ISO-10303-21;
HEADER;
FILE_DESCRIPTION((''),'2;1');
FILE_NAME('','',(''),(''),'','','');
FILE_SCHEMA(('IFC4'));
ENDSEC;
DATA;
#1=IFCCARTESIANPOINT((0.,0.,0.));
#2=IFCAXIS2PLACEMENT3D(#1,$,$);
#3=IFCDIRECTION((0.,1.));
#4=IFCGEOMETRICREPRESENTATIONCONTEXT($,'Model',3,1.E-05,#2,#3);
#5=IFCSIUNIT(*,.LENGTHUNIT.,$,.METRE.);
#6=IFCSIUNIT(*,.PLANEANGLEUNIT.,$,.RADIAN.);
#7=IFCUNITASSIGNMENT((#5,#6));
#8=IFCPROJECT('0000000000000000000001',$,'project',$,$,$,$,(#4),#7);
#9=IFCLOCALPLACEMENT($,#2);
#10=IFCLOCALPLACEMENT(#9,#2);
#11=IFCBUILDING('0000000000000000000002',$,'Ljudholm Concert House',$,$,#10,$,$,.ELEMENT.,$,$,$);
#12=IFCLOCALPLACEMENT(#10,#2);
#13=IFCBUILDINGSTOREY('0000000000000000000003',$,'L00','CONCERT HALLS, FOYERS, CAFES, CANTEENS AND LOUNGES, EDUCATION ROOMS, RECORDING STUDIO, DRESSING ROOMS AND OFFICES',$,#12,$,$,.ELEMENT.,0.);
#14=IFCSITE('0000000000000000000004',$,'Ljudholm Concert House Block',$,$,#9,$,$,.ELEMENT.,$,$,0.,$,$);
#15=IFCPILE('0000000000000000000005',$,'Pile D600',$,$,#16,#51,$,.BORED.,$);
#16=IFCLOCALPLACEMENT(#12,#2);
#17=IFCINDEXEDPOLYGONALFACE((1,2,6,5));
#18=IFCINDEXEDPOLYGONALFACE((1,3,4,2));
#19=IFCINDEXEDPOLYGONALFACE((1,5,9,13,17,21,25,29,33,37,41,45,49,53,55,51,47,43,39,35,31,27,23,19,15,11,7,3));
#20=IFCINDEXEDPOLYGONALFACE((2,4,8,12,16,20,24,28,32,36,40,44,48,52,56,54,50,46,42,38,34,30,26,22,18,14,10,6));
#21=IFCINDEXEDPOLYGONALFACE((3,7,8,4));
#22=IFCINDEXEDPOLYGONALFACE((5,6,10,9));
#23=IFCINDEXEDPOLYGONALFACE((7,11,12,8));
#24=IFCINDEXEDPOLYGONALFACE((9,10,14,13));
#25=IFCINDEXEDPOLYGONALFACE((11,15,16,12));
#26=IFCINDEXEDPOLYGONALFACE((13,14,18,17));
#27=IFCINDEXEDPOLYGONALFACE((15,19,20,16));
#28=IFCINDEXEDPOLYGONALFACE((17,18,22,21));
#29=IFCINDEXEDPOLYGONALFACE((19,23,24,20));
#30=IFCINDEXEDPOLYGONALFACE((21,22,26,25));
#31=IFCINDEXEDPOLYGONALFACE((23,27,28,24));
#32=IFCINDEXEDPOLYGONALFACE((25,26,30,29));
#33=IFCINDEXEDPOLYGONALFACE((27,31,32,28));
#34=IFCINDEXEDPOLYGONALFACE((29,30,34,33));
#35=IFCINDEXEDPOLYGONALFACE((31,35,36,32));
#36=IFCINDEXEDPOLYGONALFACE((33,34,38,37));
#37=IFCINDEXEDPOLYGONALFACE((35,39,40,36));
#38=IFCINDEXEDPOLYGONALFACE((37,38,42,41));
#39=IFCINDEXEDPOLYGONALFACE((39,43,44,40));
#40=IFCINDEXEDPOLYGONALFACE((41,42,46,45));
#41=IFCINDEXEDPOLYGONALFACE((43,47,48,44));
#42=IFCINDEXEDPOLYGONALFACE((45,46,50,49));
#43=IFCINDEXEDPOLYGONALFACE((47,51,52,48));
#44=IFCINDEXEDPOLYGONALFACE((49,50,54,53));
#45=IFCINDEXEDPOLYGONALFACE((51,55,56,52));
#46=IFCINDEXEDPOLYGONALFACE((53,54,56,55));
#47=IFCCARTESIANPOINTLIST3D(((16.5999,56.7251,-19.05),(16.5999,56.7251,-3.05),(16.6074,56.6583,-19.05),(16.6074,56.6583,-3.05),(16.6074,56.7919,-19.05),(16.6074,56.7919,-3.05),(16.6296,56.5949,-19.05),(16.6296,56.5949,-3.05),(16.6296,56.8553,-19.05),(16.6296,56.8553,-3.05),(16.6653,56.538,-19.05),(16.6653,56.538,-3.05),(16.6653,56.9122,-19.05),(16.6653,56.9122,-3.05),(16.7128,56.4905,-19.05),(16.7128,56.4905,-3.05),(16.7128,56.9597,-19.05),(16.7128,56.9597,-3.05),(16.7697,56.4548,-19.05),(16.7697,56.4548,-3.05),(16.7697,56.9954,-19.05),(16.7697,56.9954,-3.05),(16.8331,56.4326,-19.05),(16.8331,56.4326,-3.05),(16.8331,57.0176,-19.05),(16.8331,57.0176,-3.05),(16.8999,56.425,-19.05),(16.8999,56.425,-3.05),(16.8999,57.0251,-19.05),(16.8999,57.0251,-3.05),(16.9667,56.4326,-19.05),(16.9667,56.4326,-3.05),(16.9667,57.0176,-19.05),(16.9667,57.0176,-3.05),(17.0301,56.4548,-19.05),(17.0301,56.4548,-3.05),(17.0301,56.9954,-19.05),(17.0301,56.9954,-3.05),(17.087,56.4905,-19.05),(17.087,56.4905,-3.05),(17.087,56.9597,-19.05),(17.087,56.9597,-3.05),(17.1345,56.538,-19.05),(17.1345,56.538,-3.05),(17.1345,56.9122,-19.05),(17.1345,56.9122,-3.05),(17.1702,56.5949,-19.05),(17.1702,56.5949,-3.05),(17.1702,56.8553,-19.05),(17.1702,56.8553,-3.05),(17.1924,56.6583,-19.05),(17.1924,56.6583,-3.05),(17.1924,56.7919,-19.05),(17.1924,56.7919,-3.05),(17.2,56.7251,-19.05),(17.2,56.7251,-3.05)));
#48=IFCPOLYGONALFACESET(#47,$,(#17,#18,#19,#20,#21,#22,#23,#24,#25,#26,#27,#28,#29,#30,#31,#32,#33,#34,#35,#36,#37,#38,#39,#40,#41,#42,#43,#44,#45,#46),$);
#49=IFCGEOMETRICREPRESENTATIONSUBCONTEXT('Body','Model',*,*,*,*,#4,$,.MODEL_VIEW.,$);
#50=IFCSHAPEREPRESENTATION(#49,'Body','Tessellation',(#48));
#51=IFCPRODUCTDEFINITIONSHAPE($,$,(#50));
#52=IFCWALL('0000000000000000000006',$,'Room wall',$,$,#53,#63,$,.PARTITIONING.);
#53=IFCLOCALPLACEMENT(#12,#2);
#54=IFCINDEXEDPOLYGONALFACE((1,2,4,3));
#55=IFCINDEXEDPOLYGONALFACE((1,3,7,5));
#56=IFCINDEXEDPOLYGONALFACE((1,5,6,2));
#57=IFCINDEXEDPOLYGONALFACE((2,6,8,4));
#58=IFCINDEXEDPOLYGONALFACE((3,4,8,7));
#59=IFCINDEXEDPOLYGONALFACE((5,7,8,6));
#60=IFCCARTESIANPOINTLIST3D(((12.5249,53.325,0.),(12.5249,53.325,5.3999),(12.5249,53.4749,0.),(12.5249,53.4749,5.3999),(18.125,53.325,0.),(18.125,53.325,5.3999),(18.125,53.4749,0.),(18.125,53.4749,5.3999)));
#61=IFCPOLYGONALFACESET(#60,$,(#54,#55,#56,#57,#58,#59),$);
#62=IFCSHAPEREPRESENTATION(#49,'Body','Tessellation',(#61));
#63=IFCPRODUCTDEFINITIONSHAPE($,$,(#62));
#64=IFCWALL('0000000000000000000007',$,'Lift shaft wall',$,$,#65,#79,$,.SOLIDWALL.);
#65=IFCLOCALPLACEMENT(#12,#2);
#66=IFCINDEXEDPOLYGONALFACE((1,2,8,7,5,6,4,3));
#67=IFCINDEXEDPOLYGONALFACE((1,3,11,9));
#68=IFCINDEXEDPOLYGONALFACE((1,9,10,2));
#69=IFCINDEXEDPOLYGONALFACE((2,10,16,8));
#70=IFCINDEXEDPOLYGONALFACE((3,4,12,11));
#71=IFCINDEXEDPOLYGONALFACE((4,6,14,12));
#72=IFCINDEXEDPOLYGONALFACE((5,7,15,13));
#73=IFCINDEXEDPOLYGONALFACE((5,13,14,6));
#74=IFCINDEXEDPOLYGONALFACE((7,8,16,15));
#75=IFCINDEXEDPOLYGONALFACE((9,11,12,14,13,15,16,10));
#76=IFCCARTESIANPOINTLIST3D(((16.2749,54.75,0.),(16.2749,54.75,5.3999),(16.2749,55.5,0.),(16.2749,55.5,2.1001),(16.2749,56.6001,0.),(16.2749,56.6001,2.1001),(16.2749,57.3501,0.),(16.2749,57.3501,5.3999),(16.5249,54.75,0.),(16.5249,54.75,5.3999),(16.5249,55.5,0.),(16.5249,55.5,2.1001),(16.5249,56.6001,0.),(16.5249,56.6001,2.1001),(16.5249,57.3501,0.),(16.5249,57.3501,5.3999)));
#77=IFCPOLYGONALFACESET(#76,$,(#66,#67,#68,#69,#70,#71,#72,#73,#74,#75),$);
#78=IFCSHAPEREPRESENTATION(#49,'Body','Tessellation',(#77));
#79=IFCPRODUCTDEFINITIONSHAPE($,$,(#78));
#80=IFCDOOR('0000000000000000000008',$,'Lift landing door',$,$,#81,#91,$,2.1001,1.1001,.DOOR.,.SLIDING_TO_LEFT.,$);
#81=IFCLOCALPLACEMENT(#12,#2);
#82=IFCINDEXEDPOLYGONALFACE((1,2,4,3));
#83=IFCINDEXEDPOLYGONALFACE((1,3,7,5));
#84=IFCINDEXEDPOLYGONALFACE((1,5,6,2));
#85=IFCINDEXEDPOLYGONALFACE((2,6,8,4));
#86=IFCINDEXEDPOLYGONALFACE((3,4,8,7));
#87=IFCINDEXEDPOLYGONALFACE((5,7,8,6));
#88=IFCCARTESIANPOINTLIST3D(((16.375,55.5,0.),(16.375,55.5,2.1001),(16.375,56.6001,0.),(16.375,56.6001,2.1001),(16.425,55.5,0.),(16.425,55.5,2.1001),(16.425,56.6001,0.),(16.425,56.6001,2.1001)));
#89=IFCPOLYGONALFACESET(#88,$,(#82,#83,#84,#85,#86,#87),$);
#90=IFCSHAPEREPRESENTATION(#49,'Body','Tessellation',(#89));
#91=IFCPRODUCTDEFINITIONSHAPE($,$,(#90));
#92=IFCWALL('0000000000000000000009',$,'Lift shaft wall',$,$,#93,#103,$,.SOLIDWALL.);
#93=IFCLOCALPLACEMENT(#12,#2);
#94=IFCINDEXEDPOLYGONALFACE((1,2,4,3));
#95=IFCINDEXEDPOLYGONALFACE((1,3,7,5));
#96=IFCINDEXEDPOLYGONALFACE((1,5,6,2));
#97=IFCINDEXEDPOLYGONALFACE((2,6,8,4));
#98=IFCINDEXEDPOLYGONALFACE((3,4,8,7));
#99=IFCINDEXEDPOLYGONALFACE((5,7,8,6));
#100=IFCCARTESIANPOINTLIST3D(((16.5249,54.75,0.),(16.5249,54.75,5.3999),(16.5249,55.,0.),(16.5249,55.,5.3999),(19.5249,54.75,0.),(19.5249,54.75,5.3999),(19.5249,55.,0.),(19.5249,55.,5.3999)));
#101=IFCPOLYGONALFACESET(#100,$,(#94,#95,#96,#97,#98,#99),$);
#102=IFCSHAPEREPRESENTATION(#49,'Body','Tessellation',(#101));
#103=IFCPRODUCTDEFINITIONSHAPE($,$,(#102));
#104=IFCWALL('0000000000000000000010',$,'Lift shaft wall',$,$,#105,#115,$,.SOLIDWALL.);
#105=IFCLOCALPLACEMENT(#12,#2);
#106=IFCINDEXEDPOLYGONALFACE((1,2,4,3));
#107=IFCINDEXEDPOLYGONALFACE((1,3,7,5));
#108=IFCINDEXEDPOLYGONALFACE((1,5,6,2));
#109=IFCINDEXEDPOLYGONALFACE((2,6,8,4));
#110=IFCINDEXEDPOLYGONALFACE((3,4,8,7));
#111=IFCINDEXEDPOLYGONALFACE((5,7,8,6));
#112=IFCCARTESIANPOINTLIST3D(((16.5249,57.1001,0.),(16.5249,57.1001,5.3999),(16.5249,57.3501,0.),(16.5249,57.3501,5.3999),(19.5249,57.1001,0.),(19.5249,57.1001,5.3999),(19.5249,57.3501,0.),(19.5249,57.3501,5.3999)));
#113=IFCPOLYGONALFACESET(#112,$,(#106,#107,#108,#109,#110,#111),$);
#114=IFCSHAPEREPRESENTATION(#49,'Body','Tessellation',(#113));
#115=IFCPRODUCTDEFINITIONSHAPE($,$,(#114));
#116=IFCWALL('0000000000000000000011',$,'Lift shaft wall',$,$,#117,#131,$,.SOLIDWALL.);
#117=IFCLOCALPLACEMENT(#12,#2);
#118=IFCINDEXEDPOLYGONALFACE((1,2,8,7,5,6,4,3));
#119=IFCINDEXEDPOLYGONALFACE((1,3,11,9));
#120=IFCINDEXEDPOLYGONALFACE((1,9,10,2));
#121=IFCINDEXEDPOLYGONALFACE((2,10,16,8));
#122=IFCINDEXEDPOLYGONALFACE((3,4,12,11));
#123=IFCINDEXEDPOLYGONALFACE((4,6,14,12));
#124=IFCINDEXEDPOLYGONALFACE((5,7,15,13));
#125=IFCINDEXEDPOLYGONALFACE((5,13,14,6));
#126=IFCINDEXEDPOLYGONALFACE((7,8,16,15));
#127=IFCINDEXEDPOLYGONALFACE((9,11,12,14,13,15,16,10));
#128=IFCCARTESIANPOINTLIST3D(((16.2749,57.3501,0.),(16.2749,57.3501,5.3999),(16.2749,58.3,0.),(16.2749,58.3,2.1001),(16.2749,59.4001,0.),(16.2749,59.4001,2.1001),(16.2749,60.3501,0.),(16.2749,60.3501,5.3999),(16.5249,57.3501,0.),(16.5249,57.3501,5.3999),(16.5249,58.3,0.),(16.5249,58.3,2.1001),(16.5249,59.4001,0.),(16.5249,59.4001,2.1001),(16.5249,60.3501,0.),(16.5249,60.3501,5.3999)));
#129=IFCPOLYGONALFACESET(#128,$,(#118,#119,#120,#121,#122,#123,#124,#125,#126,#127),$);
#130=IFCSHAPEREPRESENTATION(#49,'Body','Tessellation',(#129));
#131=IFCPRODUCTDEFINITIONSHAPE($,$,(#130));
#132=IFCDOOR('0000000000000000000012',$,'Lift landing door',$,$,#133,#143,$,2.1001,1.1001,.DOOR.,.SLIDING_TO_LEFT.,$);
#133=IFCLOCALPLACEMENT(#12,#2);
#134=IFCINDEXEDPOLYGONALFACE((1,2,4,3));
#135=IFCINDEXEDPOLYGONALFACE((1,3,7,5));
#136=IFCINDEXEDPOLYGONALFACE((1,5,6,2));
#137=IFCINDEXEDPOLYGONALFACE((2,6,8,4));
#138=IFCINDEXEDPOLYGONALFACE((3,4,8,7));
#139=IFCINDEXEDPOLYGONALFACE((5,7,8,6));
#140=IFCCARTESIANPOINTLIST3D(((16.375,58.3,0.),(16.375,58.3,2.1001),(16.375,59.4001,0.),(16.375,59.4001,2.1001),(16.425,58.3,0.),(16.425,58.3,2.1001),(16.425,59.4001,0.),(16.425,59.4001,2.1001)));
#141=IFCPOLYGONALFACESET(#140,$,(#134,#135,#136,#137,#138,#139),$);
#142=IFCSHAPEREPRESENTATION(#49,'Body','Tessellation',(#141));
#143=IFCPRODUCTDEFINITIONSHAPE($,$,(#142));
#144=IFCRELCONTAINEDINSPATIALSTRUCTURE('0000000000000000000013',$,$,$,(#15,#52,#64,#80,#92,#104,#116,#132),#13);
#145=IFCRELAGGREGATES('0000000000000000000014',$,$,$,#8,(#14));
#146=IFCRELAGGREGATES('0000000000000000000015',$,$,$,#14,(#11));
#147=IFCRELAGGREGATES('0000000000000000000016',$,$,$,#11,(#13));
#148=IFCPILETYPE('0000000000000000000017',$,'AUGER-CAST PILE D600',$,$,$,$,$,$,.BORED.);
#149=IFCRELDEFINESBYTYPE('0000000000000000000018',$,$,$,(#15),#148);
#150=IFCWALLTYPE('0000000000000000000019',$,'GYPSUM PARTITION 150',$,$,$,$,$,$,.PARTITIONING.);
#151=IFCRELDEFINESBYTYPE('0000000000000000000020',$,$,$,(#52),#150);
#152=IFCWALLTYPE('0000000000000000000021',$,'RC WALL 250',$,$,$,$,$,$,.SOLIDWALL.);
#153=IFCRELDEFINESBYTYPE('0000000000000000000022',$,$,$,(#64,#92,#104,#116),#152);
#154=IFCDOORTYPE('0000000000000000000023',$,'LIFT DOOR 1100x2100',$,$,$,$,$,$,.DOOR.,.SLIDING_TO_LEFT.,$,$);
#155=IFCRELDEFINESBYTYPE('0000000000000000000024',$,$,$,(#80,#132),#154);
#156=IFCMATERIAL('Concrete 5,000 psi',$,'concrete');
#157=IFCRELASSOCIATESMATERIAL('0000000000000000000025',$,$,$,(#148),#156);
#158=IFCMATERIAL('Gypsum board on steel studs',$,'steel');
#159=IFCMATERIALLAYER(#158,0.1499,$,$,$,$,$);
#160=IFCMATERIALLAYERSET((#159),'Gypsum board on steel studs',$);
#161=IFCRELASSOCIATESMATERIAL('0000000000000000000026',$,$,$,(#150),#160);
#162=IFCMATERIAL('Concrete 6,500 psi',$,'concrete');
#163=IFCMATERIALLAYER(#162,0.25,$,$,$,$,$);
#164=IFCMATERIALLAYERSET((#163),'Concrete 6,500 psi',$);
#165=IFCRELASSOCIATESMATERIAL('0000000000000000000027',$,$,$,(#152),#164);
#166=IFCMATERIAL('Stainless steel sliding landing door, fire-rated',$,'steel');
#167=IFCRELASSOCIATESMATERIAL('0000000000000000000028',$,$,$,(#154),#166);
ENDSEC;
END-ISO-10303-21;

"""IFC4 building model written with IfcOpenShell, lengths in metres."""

from ifc_helpers import new_model, si_unit, direction, frame, frame_2d, origin, origin_2d, place, context, subcontext, project, spatial, rectangle, circle, extrude, material, layer, layer_set, material_profile, profile_set, type_object, element, fill, save


model = new_model("IFC4")

# Units and contexts
model_context = context("Model", 3, precision=1e-05, world=origin(), true_north=direction((0.0, 1.0)))
body_context = subcontext(model_context, "Body", "Model", "MODEL_VIEW")
ifc_project = project(units=[si_unit("LENGTHUNIT", "METRE"), si_unit("PLANEANGLEUNIT", "RADIAN")], contexts=[model_context])

# Site, building, storey
site_placement = place(None, origin())
site = spatial("IfcSite", under=ifc_project, at=site_placement, Name="Ljudholm Concert House Block", CompositionType="ELEMENT", RefElevation=0.0)
building_placement = place(site_placement, origin())
building = spatial("IfcBuilding", under=site, at=building_placement, Name="Ljudholm Concert House", CompositionType="ELEMENT")
storey_placement = place(building_placement, origin())
storey = spatial("IfcBuildingStorey", under=building, at=storey_placement, Name="L00", Description="CONCERT HALLS, FOYERS, CAFES, CANTEENS AND LOUNGES, EDUCATION ROOMS, RECORDING STUDIO, DRESSING ROOMS AND OFFICES", CompositionType="ELEMENT", Elevation=0.0)

# Pile
ifc_material_1 = material(Name="Concrete 5,000 psi", Category="concrete")
ifc_material_profile = material_profile(ifc_material_1, circle(Radius=0.3, at=origin_2d()), Name="AUGER-CAST PILE D600")
ifc_profile_set = profile_set([ifc_material_profile], Name="Concrete 5,000 psi")
pile_type = type_object("IfcPileType", Name="AUGER-CAST PILE D600", PredefinedType="BORED", material=ifc_profile_set)
for number, where, z_axis, x_axis, name in (
    (1, (16.8999, 56.7251, -3.05), (0.0, 0.0, -1.0), (1.0, 0.0, 0.0), "Pile D600"),
):
    element("IfcPile", number, at=place(storey_placement, frame(where, z_axis=z_axis, x_axis=x_axis)), inside=storey, type_object=pile_type, Name=name, PredefinedType="BORED", context=body_context, shape_type="SweptSolid", body=[
        extrude(circle(Radius=0.3, at=origin_2d()), origin(), (0.0, 0.0, 1.0), 16.0),
    ])

# Wall
ifc_material_2 = material(Name="Gypsum board on steel studs", Category="steel")
ifc_layer_1 = layer(ifc_material_2, 0.1499)
ifc_layer_set_1 = layer_set([ifc_layer_1], Name="Gypsum board on steel studs")
wall_type_1 = type_object("IfcWallType", Name="GYPSUM PARTITION 150", PredefinedType="PARTITIONING", material=ifc_layer_set_1)
wall_1_placement = place(storey_placement, frame((12.5249, 53.3999, 0.0), z_axis=(0.0, 0.0, 1.0), x_axis=(1.0, 0.0, 0.0)))
element("IfcWall", 2, at=wall_1_placement, inside=storey, type_object=wall_type_1, Name="Room wall", PredefinedType="PARTITIONING", context=body_context, shape_type="SweptSolid", body=[
    extrude(rectangle(XDim=5.6001, YDim=0.1499, at=frame_2d((2.8, 0.0))), origin(), (0.0, 0.0, 1.0), 5.3999),
])

# Wall, opening, door
ifc_material_3 = material(Name="Concrete 6,500 psi", Category="concrete")
ifc_layer_2 = layer(ifc_material_3, 0.25)
ifc_layer_set_2 = layer_set([ifc_layer_2], Name="Concrete 6,500 psi")
wall_type_2 = type_object("IfcWallType", Name="RC WALL 250", PredefinedType="SOLIDWALL", material=ifc_layer_set_2)
wall_2_placement = place(storey_placement, frame((16.3999, 54.75, 0.0), z_axis=(0.0, 0.0, 1.0), x_axis=(0.0, 1.0, 0.0)))
wall_2 = element("IfcWall", 3, at=wall_2_placement, inside=storey, type_object=wall_type_2, Name="Lift shaft wall", PredefinedType="SOLIDWALL", context=body_context, shape_type="SweptSolid", body=[
    extrude(rectangle(XDim=2.6001, YDim=0.25, at=frame_2d((1.3, 0.0))), origin(), (0.0, 0.0, 1.0), 5.3999),
])
opening_1_placement = place(wall_2_placement, frame((0.75, 0.0, 0.0)))
opening_1 = element("IfcOpeningElement", 4, at=opening_1_placement, cuts=wall_2, PredefinedType="OPENING", context=body_context, shape_type="SweptSolid", body=[
    extrude(rectangle(XDim=1.1001, YDim=2.1001, at=frame_2d((0.55, 1.05))), frame((0.0, 0.135, 0.0), z_axis=(0.0, -1.0, 0.0), x_axis=(1.0, 0.0, 0.0)), (0.0, 0.0, 1.0), 0.27),
])
ifc_material_4 = material(Name="Stainless steel sliding landing door, fire-rated", Category="steel")
door_type_1 = type_object("IfcDoorType", Name="LIFT DOOR 1100x2100", OperationType="SLIDING_TO_LEFT", PredefinedType="DOOR", material=ifc_material_4)
door_1_placement = place(opening_1_placement, origin())
door_1 = element("IfcDoor", 5, at=door_1_placement, inside=storey, type_object=door_type_1, Name="Lift landing door", OperationType="SLIDING_TO_LEFT", OverallHeight=2.1001, OverallWidth=1.1001, PredefinedType="DOOR", context=body_context, shape_type="SweptSolid", body=[
    extrude(rectangle(XDim=1.1001, YDim=2.1001, at=frame_2d((0.55, 1.05))), frame((0.0, 0.0249, 0.0), z_axis=(0.0, -1.0, 0.0), x_axis=(1.0, 0.0, 0.0)), (0.0, 0.0, 1.0), 0.05),
])
fill(opening_1, door_1)

# Walls
for number, where, z_axis, x_axis, name in (
    (6, (16.5249, 54.875, 0.0), (0.0, 0.0, 1.0), (1.0, 0.0, 0.0), "Lift shaft wall"),
    (7, (16.5249, 57.2251, 0.0), (0.0, 0.0, 1.0), (1.0, 0.0, 0.0), "Lift shaft wall"),
):
    element("IfcWall", number, at=place(storey_placement, frame(where, z_axis=z_axis, x_axis=x_axis)), inside=storey, type_object=wall_type_2, Name=name, PredefinedType="SOLIDWALL", context=body_context, shape_type="SweptSolid", body=[
        extrude(rectangle(XDim=3.0, YDim=0.25, at=frame_2d((1.5, 0.0))), origin(), (0.0, 0.0, 1.0), 5.3999),
    ])

# Wall, opening, door
wall_3_placement = place(storey_placement, frame((16.3999, 57.3501, 0.0), z_axis=(0.0, 0.0, 1.0), x_axis=(0.0, 1.0, 0.0)))
wall_3 = element("IfcWall", 8, at=wall_3_placement, inside=storey, type_object=wall_type_2, Name="Lift shaft wall", PredefinedType="SOLIDWALL", context=body_context, shape_type="SweptSolid", body=[
    extrude(rectangle(XDim=3.0, YDim=0.25, at=frame_2d((1.5, 0.0))), origin(), (0.0, 0.0, 1.0), 5.3999),
])
opening_2_placement = place(wall_3_placement, frame((0.95, 0.0, 0.0)))
opening_2 = element("IfcOpeningElement", 9, at=opening_2_placement, cuts=wall_3, PredefinedType="OPENING", context=body_context, shape_type="SweptSolid", body=[
    extrude(rectangle(XDim=1.1001, YDim=2.1001, at=frame_2d((0.55, 1.05))), frame((0.0, 0.135, 0.0), z_axis=(0.0, -1.0, 0.0), x_axis=(1.0, 0.0, 0.0)), (0.0, 0.0, 1.0), 0.27),
])
door_2_placement = place(opening_2_placement, origin())
door_2 = element("IfcDoor", 10, at=door_2_placement, inside=storey, type_object=door_type_1, Name="Lift landing door", OperationType="SLIDING_TO_LEFT", OverallHeight=2.1001, OverallWidth=1.1001, PredefinedType="DOOR", context=body_context, shape_type="SweptSolid", body=[
    extrude(rectangle(XDim=1.1001, YDim=2.1001, at=frame_2d((0.55, 1.05))), frame((0.0, 0.0249, 0.0), z_axis=(0.0, -1.0, 0.0), x_axis=(1.0, 0.0, 0.0)), (0.0, 0.0, 1.0), 0.05),
])
fill(opening_2, door_2)

save(model, "model.ifc")
